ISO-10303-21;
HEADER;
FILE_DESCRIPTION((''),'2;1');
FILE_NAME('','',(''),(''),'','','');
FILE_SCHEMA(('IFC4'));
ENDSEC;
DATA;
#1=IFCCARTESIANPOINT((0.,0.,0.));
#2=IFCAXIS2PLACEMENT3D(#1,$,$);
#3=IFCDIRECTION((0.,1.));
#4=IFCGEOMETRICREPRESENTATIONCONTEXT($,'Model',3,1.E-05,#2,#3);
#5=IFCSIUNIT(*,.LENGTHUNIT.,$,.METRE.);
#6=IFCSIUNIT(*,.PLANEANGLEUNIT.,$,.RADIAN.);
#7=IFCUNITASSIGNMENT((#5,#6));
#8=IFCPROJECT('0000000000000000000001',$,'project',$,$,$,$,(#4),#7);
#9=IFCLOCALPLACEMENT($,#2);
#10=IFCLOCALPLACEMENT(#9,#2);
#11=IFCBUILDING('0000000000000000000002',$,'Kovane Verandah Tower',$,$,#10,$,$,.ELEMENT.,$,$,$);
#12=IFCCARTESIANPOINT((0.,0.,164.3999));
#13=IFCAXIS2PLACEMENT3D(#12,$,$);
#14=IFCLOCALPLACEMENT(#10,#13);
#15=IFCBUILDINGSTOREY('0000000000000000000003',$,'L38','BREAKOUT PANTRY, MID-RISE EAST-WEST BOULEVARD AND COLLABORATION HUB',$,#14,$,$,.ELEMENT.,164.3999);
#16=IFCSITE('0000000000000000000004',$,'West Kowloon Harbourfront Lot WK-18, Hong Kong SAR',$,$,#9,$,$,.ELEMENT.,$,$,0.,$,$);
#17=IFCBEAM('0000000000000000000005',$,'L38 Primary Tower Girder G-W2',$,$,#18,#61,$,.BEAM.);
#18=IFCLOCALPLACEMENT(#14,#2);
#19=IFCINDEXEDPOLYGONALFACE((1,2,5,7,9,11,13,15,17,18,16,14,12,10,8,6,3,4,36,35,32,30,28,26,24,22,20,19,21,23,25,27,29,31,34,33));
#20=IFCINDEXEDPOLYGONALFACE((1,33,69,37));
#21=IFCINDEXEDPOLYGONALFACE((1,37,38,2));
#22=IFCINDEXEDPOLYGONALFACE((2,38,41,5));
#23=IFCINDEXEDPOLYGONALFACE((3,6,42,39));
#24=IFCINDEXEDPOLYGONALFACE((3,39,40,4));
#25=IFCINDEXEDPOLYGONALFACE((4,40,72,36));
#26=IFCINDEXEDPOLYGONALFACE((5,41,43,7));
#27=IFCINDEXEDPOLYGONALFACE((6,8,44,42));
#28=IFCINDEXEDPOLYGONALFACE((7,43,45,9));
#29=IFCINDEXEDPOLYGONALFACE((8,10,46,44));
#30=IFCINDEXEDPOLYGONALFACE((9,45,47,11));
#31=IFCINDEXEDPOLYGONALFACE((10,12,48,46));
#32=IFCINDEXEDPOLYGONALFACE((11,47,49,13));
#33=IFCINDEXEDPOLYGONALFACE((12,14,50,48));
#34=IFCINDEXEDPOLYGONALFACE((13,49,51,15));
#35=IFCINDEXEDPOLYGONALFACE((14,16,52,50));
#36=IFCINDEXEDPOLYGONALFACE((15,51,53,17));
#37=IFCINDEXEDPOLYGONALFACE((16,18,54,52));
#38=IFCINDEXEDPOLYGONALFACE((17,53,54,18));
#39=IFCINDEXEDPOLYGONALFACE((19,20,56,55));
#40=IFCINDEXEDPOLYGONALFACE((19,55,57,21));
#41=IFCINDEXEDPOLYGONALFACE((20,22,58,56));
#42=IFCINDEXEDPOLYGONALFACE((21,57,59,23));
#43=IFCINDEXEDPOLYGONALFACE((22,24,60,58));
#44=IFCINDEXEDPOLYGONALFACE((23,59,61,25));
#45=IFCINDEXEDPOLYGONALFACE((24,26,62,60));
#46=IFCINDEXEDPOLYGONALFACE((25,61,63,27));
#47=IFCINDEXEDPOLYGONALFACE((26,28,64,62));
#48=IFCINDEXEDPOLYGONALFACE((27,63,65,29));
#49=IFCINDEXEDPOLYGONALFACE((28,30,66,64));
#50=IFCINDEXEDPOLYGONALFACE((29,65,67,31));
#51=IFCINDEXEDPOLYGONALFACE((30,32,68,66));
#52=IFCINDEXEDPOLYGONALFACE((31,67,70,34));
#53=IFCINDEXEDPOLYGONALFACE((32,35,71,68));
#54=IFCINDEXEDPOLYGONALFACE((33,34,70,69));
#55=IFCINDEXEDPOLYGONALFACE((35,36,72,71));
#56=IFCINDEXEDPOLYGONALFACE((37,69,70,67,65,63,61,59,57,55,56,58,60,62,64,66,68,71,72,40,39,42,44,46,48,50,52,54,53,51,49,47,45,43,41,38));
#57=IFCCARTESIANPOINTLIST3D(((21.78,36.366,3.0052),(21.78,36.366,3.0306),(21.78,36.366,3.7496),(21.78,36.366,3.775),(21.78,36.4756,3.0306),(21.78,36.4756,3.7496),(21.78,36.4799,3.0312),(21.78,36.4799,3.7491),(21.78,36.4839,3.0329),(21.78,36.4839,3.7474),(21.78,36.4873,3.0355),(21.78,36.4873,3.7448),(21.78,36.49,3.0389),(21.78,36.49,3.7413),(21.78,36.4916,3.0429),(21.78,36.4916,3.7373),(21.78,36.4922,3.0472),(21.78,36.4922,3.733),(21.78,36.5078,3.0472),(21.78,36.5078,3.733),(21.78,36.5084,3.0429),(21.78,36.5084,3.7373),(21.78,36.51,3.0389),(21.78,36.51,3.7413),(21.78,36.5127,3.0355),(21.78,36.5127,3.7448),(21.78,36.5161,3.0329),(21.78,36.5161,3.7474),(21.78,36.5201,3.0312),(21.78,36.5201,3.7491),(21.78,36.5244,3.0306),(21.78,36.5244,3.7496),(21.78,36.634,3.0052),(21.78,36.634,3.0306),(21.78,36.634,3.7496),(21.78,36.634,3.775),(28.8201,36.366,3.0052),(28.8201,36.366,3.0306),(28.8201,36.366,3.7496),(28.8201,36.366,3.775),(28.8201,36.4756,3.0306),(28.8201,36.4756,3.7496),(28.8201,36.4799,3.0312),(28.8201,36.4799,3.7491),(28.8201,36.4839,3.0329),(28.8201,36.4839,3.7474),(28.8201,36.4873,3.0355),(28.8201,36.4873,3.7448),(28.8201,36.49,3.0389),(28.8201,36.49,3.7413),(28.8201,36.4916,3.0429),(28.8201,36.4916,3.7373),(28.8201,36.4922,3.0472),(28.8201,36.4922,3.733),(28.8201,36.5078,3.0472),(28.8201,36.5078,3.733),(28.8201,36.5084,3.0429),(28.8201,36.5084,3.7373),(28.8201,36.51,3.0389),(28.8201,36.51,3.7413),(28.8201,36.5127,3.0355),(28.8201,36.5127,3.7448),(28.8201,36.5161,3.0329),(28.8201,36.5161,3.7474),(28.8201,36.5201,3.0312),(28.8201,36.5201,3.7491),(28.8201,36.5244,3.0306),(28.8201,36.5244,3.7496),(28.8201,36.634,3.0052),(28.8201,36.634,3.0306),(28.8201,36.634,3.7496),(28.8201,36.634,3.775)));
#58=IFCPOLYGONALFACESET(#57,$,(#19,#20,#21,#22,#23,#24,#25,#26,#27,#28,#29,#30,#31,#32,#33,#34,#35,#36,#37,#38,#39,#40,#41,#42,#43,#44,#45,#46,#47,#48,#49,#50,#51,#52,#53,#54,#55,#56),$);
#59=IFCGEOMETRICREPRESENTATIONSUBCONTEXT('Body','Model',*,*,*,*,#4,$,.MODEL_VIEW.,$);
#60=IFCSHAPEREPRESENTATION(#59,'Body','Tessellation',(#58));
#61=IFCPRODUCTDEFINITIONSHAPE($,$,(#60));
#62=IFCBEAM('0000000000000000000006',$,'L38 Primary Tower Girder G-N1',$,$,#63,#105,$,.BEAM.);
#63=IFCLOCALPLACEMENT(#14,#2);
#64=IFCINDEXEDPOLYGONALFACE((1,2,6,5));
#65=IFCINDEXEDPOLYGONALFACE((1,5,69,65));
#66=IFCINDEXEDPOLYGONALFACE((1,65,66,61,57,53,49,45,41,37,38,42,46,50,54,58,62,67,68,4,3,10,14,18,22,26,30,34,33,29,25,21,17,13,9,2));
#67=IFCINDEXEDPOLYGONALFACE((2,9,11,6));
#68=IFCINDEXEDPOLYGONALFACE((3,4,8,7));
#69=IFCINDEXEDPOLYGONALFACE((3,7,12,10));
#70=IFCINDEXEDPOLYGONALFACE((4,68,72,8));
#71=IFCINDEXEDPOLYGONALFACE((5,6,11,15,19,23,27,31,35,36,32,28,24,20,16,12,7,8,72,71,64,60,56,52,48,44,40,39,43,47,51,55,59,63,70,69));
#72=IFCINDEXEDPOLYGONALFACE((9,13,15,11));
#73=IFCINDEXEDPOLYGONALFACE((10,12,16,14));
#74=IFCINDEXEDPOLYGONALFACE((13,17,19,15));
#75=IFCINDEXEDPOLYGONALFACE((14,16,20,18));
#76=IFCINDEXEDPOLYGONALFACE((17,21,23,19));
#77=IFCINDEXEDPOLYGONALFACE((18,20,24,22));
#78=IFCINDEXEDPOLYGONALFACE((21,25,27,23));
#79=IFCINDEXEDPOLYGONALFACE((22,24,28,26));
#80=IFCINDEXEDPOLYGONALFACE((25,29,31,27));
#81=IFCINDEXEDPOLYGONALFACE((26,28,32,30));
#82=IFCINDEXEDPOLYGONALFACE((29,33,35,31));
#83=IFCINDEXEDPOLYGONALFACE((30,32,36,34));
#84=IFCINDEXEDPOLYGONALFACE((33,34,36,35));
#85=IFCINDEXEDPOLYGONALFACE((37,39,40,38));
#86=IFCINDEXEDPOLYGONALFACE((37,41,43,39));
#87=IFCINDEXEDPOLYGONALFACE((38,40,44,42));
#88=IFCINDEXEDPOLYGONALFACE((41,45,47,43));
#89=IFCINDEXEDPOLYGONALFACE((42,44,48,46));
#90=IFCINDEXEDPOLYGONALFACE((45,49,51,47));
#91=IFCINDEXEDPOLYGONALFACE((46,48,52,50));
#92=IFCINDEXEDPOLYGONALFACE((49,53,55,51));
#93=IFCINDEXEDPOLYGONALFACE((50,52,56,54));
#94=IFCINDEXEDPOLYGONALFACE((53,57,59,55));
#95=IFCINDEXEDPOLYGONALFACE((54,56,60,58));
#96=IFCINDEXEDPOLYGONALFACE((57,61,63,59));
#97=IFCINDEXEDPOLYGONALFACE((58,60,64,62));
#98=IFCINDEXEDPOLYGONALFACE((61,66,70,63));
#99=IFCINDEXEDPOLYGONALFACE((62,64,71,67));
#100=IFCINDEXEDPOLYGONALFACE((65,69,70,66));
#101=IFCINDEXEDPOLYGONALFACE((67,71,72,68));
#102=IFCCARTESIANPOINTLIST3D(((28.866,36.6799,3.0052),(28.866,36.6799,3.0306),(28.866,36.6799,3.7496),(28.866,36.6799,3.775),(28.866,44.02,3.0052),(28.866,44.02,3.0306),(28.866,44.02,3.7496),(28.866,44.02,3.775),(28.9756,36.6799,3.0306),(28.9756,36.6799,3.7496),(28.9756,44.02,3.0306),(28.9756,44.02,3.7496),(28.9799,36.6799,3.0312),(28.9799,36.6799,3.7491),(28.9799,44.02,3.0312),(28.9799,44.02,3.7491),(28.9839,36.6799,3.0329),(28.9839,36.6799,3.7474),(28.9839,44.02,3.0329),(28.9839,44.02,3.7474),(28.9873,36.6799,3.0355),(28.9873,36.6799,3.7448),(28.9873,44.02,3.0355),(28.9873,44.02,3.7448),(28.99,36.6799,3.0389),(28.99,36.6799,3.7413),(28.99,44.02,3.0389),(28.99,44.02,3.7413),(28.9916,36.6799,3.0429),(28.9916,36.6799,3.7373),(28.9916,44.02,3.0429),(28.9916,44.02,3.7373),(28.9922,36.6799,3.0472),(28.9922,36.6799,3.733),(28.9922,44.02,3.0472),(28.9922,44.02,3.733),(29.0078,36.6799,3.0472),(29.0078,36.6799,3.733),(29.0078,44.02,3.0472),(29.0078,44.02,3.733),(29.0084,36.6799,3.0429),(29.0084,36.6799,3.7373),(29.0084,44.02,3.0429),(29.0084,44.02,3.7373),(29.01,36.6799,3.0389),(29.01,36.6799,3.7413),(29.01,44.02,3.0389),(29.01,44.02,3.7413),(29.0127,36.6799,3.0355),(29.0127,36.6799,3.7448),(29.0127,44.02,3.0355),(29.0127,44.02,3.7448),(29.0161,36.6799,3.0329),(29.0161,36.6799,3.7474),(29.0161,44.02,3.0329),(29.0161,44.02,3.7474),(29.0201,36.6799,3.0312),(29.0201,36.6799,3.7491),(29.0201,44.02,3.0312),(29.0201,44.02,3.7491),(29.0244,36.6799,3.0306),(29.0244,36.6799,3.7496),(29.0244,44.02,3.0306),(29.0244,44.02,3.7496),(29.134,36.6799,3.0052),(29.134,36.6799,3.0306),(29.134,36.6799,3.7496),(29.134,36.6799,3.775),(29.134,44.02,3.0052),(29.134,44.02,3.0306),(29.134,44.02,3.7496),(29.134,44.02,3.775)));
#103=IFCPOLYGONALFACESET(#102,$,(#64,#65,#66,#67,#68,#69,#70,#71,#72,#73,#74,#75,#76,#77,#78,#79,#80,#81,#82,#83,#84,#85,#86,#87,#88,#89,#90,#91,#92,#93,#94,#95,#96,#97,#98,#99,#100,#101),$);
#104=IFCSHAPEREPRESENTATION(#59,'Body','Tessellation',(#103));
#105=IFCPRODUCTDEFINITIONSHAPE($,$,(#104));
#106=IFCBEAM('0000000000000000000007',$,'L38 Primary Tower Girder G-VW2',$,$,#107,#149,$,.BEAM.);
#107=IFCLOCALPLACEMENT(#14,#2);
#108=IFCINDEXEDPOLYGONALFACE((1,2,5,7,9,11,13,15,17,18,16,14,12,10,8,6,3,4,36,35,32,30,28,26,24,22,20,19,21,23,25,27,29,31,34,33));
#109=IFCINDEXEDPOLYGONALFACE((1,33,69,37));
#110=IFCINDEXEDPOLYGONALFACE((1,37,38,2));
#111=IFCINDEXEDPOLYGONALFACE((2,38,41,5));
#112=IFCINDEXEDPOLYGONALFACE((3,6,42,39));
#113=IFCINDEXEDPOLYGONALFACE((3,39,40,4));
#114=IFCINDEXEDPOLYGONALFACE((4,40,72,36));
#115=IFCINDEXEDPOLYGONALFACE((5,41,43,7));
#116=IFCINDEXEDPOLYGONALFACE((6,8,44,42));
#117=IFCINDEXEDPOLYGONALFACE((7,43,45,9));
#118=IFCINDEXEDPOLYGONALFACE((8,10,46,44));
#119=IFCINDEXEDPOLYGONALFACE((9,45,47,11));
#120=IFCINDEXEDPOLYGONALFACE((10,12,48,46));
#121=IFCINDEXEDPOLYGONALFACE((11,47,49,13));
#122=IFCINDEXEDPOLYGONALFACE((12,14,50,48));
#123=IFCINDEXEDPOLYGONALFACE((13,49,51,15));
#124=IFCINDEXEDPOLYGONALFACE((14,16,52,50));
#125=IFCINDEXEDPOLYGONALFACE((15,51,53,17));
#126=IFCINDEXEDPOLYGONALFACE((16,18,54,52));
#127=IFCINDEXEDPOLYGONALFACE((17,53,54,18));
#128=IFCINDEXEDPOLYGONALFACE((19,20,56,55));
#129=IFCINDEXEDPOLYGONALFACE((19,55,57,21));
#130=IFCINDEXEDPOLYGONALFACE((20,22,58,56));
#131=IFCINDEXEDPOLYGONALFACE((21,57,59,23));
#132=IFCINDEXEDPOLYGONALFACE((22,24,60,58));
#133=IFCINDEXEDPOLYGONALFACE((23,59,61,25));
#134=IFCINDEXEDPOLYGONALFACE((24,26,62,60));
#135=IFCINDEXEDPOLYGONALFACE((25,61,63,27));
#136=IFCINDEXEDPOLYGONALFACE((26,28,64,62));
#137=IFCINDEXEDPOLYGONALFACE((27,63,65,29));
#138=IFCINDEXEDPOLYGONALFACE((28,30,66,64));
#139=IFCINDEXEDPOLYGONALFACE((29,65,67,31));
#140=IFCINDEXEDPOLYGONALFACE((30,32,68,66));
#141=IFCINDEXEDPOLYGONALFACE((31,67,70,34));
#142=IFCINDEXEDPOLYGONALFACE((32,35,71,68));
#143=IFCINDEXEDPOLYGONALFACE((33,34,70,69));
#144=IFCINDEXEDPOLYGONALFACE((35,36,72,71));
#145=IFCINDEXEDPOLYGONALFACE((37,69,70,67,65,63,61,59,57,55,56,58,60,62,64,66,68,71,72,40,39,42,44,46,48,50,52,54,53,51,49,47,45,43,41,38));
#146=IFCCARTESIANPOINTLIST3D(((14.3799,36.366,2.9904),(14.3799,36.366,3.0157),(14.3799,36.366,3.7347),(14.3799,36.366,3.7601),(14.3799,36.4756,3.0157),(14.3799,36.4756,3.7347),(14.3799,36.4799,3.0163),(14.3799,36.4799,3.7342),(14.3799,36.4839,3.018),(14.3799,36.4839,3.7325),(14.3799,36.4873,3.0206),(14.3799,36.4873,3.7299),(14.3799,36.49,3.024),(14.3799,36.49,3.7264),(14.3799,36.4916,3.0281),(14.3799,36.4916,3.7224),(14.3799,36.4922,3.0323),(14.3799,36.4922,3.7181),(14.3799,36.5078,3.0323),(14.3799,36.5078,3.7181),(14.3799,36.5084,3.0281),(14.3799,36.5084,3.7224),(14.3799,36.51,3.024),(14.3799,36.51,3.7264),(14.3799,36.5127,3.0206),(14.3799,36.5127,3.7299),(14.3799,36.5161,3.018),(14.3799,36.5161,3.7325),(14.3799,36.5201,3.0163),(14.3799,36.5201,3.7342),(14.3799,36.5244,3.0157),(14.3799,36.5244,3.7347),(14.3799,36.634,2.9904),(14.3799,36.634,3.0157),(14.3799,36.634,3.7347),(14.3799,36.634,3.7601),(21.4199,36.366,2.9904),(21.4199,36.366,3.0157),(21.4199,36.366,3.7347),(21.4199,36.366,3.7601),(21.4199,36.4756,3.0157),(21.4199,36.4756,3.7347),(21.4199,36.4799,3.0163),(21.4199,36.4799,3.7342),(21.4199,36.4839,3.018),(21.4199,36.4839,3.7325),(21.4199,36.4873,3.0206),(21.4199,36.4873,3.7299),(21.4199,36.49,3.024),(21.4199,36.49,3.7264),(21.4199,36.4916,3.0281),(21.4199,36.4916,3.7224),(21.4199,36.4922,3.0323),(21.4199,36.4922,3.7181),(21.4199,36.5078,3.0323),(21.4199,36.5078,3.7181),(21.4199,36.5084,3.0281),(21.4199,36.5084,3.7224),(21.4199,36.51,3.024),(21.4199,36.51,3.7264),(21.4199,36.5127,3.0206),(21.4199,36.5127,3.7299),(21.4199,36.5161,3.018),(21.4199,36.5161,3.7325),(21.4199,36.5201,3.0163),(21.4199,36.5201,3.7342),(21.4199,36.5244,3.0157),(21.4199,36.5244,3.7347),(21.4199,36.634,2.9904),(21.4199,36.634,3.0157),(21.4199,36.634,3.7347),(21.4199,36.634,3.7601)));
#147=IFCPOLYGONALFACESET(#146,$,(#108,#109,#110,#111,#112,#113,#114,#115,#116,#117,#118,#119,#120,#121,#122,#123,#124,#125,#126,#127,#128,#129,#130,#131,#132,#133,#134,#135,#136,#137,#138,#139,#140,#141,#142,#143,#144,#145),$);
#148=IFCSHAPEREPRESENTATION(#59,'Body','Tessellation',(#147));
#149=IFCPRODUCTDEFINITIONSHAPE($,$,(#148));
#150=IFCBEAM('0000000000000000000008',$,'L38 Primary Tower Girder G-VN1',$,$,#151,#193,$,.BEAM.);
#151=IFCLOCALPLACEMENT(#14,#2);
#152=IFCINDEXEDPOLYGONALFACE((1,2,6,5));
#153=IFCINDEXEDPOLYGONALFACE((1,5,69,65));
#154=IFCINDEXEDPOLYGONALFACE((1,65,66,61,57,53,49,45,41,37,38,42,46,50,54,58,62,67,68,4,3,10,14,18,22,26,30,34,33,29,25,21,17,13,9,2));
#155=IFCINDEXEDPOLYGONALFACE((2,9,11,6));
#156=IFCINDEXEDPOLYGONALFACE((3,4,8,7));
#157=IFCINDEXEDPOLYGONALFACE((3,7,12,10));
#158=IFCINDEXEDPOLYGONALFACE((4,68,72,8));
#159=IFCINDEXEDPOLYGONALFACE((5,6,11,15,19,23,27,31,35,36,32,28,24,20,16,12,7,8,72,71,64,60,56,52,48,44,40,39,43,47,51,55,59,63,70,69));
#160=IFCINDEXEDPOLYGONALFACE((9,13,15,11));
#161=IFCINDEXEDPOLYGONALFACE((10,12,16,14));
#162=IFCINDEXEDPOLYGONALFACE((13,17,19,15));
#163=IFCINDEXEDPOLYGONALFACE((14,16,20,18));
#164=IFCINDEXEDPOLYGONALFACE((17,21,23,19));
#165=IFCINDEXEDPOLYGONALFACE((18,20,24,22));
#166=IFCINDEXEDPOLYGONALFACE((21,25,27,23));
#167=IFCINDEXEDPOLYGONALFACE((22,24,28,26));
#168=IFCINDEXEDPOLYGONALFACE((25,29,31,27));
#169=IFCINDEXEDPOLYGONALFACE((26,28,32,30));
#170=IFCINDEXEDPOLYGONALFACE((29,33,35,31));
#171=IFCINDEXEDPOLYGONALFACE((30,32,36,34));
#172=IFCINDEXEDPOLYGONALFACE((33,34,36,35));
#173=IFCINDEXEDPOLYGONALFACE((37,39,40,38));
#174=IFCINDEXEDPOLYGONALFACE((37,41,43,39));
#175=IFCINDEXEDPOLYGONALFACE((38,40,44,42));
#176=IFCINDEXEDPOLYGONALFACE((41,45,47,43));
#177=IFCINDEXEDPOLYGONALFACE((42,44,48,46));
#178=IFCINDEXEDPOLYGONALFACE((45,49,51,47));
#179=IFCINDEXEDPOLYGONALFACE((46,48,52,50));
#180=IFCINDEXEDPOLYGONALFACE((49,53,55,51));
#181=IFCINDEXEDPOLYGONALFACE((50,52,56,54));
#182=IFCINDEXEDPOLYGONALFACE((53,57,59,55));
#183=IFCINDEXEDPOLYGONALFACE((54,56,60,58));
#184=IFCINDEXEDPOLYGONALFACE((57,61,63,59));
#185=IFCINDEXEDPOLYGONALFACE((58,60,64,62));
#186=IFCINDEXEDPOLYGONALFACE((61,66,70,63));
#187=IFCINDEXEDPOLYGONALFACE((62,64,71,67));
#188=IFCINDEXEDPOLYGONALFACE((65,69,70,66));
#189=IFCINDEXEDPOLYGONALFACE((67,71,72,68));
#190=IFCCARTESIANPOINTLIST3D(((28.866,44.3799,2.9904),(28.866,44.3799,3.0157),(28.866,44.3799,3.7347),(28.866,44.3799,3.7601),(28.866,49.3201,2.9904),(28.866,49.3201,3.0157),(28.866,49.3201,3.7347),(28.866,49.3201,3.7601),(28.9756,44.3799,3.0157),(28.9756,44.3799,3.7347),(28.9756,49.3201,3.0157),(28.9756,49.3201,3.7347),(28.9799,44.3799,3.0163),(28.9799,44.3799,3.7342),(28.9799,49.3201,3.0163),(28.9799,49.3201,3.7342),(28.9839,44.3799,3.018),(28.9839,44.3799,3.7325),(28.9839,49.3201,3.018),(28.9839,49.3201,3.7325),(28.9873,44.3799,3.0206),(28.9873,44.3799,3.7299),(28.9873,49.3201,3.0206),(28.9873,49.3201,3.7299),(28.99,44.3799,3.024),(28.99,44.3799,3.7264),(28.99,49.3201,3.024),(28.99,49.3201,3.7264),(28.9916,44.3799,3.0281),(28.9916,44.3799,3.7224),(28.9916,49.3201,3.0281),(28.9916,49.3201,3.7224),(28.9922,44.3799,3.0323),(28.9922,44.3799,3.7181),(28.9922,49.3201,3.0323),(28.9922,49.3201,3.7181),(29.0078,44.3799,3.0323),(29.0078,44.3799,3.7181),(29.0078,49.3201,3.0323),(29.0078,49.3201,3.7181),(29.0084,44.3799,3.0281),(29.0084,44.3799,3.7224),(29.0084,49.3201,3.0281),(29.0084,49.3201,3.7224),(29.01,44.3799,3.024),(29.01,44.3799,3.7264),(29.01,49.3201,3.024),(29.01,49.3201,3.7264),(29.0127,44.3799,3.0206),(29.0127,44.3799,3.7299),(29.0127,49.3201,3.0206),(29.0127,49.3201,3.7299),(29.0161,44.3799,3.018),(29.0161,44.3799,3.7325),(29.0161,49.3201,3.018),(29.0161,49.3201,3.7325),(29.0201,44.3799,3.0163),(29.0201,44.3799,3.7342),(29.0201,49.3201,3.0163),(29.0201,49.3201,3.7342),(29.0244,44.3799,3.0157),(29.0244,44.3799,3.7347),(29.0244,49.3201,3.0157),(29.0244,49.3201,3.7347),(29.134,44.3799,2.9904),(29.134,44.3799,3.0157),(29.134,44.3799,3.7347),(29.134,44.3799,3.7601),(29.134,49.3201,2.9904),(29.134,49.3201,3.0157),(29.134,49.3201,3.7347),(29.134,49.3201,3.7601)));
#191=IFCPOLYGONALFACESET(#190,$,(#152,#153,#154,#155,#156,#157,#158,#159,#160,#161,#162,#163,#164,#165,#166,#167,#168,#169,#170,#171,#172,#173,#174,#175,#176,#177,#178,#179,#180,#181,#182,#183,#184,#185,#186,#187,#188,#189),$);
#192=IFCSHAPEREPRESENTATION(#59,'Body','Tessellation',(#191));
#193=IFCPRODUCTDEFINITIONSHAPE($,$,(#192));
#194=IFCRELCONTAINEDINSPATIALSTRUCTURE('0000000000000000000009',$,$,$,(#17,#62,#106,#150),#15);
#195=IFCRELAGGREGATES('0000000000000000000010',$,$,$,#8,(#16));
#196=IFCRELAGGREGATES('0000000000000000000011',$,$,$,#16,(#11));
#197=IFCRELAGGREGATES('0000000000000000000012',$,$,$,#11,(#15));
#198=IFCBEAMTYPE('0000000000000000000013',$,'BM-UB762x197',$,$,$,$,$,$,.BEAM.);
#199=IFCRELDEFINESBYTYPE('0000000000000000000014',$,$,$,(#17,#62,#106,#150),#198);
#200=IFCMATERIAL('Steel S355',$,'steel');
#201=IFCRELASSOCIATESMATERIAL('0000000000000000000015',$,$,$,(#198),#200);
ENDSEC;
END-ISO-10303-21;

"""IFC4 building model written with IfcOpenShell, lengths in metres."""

from ifc_helpers import new_model, si_unit, direction, frame, origin, origin_2d, place, context, subcontext, project, spatial, i_section, extrude, material, material_profile, profile_set, type_object, element, save


model = new_model("IFC4")

# Units and contexts
model_context = context("Model", 3, precision=1e-05, world=origin(), true_north=direction((0.0, 1.0)))
body_context = subcontext(model_context, "Body", "Model", "MODEL_VIEW")
ifc_project = project(units=[si_unit("LENGTHUNIT", "METRE"), si_unit("PLANEANGLEUNIT", "RADIAN")], contexts=[model_context])

# Site, building, storey
site_placement = place(None, origin())
site = spatial("IfcSite", under=ifc_project, at=site_placement, Name="West Kowloon Harbourfront Lot WK-18, Hong Kong SAR", CompositionType="ELEMENT", RefElevation=0.0)
building_placement = place(site_placement, origin())
building = spatial("IfcBuilding", under=site, at=building_placement, Name="Kovane Verandah Tower", CompositionType="ELEMENT")
storey_placement = place(building_placement, frame((0.0, 0.0, 164.3999)))
storey = spatial("IfcBuildingStorey", under=building, at=storey_placement, Name="L38", Description="BREAKOUT PANTRY, MID-RISE EAST-WEST BOULEVARD AND COLLABORATION HUB", CompositionType="ELEMENT", Elevation=164.3999)

# Beams
ifc_material_1 = material(Name="Steel S355", Category="steel")
ifc_material_profile_1 = material_profile(ifc_material_1, i_section(OverallWidth=0.2681, OverallDepth=0.7698, WebThickness=0.0156, FlangeThickness=0.0254, FilletRadius=0.0166, at=origin_2d()), Name="UB762x267x197")
ifc_profile_set_1 = profile_set([ifc_material_profile_1], Name="Steel S355")
beam_type_1 = type_object("IfcBeamType", Name="BM-UB762x197", PredefinedType="BEAM", material=ifc_profile_set_1)
beam_1_placement = place(storey_placement, frame((28.8201, 36.5, 3.3901), z_axis=(-1.0, 0.0, 0.0), x_axis=(0.0, -1.0, 0.0)))
element("IfcBeam", 1, at=beam_1_placement, inside=storey, type_object=beam_type_1, Name="L38 Primary Tower Girder G-W2", PredefinedType="BEAM", context=body_context, shape_type="SweptSolid", body=[
    extrude(i_section(OverallWidth=0.2681, OverallDepth=0.7698, WebThickness=0.0156, FlangeThickness=0.0254, FilletRadius=0.0166, at=origin_2d()), origin(), (0.0, 0.0, 1.0), 7.04),
])
beam_2_placement = place(storey_placement, frame((29.0, 36.6799, 3.3901), z_axis=(0.0, 1.0, 0.0), x_axis=(-1.0, 0.0, 0.0)))
element("IfcBeam", 2, at=beam_2_placement, inside=storey, type_object=beam_type_1, Name="L38 Primary Tower Girder G-N1", PredefinedType="BEAM", context=body_context, shape_type="SweptSolid", body=[
    extrude(i_section(OverallWidth=0.2681, OverallDepth=0.7698, WebThickness=0.0156, FlangeThickness=0.0254, FilletRadius=0.0166, at=origin_2d()), origin(), (0.0, 0.0, 1.0), 7.3401),
])
beam_3_placement = place(storey_placement, frame((21.4199, 36.5, 3.3752), z_axis=(-1.0, 0.0, 0.0), x_axis=(0.0, -1.0, 0.0)))
element("IfcBeam", 3, at=beam_3_placement, inside=storey, type_object=beam_type_1, Name="L38 Primary Tower Girder G-VW2", PredefinedType="BEAM", context=body_context, shape_type="SweptSolid", body=[
    extrude(i_section(OverallWidth=0.2681, OverallDepth=0.7698, WebThickness=0.0156, FlangeThickness=0.0254, FilletRadius=0.0166, at=origin_2d()), origin(), (0.0, 0.0, 1.0), 7.04),
])
beam_4_placement = place(storey_placement, frame((29.0, 44.3799, 3.3752), z_axis=(0.0, 1.0, 0.0), x_axis=(-1.0, 0.0, 0.0)))
element("IfcBeam", 4, at=beam_4_placement, inside=storey, type_object=beam_type_1, Name="L38 Primary Tower Girder G-VN1", PredefinedType="BEAM", context=body_context, shape_type="SweptSolid", body=[
    extrude(i_section(OverallWidth=0.2681, OverallDepth=0.7698, WebThickness=0.0156, FlangeThickness=0.0254, FilletRadius=0.0166, at=origin_2d()), origin(), (0.0, 0.0, 1.0), 4.9402),
])

save(model, "model.ifc")
